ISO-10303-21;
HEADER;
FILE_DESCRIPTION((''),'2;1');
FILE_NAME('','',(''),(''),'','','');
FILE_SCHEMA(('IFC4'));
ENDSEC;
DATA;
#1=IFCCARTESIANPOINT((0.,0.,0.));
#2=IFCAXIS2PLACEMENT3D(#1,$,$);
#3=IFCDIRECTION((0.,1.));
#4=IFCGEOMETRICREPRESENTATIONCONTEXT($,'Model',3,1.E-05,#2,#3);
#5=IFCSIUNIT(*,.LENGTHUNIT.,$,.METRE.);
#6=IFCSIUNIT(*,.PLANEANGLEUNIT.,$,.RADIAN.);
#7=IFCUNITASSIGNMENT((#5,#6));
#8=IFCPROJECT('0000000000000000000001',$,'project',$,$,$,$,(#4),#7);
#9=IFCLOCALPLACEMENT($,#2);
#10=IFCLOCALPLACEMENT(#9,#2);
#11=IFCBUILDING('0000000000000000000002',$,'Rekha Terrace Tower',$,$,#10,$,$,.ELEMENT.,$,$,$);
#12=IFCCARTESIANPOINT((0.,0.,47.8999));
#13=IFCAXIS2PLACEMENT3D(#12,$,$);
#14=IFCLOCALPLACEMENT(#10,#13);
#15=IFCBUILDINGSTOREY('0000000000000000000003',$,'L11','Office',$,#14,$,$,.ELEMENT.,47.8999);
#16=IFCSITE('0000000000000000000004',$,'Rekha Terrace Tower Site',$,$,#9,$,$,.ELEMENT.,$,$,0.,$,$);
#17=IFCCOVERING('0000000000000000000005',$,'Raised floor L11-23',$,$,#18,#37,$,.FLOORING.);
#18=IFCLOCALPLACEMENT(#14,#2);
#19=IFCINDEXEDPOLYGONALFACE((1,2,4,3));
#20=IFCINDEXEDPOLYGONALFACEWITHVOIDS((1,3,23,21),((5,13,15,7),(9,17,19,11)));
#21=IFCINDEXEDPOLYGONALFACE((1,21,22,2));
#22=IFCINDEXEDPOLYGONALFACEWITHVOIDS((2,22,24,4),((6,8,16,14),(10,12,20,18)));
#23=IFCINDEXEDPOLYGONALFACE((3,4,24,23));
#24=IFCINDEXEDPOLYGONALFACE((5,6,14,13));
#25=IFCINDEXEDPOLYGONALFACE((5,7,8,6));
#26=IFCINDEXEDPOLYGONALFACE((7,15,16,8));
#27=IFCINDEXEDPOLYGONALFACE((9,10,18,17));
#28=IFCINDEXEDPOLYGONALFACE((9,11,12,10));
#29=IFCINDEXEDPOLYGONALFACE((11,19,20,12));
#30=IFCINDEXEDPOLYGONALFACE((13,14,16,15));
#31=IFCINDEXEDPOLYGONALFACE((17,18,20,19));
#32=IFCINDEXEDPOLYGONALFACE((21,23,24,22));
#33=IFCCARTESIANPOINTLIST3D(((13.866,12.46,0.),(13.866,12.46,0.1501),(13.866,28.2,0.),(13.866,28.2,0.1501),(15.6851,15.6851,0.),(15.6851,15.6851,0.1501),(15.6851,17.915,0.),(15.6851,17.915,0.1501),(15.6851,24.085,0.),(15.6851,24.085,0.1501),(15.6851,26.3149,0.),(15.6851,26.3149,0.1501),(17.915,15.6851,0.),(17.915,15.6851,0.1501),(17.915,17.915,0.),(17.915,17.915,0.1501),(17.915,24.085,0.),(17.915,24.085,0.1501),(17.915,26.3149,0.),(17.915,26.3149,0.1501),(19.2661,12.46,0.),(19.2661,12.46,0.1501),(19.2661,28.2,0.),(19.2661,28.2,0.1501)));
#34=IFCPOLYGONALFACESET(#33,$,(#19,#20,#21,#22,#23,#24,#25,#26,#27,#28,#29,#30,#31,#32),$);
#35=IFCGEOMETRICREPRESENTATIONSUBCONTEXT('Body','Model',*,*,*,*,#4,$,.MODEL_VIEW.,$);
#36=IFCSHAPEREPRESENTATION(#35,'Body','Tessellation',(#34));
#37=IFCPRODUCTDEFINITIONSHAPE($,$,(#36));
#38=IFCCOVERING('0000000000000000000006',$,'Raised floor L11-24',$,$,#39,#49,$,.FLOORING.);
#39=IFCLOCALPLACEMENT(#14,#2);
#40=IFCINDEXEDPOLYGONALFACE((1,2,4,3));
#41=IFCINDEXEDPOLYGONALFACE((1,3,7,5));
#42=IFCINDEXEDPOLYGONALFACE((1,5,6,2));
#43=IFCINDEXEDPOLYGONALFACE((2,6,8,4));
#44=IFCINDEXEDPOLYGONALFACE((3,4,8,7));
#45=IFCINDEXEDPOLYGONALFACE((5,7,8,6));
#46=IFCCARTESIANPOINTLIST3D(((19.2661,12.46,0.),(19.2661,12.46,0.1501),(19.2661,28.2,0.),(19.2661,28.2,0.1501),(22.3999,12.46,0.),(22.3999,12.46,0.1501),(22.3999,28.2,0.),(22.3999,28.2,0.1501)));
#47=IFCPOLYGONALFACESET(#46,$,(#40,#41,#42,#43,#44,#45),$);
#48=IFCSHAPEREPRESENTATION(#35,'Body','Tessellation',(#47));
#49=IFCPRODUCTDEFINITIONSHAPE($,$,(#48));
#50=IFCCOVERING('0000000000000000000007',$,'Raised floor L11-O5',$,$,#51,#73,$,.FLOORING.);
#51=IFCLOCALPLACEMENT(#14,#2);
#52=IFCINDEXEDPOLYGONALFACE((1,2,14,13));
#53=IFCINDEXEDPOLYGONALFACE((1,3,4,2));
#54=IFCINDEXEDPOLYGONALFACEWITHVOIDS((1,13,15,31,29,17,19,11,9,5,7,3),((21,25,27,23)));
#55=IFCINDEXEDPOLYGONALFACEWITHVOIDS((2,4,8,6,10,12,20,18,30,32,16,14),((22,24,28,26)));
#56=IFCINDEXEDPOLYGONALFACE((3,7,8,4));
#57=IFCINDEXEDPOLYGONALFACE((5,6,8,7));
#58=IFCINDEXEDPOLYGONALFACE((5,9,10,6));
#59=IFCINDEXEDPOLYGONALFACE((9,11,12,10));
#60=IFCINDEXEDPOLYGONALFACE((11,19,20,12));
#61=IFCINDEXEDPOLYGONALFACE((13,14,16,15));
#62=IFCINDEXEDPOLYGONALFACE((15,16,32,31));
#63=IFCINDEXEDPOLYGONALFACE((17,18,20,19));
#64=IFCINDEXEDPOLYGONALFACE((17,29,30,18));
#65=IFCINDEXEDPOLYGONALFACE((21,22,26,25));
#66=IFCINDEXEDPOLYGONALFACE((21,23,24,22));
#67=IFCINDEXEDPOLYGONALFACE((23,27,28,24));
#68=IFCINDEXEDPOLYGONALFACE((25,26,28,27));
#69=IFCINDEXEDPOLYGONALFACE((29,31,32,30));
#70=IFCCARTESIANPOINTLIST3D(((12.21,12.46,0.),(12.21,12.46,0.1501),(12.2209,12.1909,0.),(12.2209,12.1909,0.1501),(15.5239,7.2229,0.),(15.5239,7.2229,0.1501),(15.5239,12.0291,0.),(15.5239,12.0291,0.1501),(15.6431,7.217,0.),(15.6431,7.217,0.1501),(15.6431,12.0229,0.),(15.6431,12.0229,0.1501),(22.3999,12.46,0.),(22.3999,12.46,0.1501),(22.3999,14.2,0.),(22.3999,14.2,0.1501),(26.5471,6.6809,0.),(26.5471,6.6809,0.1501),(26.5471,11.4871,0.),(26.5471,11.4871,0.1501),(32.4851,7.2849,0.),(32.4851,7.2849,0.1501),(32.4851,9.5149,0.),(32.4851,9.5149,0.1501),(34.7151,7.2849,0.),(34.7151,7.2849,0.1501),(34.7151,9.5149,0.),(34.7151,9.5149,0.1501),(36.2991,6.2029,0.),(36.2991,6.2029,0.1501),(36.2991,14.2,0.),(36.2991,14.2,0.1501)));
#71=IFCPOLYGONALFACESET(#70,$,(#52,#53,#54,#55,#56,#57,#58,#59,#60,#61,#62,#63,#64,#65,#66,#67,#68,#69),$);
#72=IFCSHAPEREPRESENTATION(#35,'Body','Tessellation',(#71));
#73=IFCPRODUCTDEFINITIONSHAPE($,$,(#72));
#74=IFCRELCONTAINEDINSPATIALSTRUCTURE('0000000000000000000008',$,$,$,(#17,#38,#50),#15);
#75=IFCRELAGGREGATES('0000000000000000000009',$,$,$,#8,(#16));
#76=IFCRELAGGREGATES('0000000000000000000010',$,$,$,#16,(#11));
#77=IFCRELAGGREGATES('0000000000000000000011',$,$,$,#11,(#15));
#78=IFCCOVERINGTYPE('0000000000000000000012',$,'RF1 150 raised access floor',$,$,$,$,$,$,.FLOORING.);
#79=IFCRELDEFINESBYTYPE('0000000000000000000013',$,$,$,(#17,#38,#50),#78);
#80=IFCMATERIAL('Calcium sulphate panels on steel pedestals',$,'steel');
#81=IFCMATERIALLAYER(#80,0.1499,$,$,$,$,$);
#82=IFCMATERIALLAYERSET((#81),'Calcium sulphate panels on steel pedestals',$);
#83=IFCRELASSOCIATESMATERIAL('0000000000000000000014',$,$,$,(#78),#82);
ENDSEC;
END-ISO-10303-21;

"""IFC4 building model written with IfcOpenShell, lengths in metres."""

from ifc_helpers import new_model, si_unit, direction, frame, origin, place, context, subcontext, project, spatial, polyline, outline, extrude, material, layer, layer_set, type_object, element, save


model = new_model("IFC4")

# Units and contexts
model_context = context("Model", 3, precision=1e-05, world=origin(), true_north=direction((0.0, 1.0)))
body_context = subcontext(model_context, "Body", "Model", "MODEL_VIEW")
ifc_project = project(units=[si_unit("LENGTHUNIT", "METRE"), si_unit("PLANEANGLEUNIT", "RADIAN")], contexts=[model_context])

# Site, building, storey
site_placement = place(None, origin())
site = spatial("IfcSite", under=ifc_project, at=site_placement, Name="Rekha Terrace Tower Site", CompositionType="ELEMENT", RefElevation=0.0)
building_placement = place(site_placement, origin())
building = spatial("IfcBuilding", under=site, at=building_placement, Name="Rekha Terrace Tower", CompositionType="ELEMENT")
storey_placement = place(building_placement, frame((0.0, 0.0, 47.8999)))
storey = spatial("IfcBuildingStorey", under=building, at=storey_placement, Name="L11", Description="Office", CompositionType="ELEMENT", Elevation=47.8999)

# Coverings
ifc_material_1 = material(Name="Calcium sulphate panels on steel pedestals", Category="steel")
ifc_layer_1 = layer(ifc_material_1, 0.1499)
ifc_layer_set_1 = layer_set([ifc_layer_1], Name="Calcium sulphate panels on steel pedestals")
covering_type_1 = type_object("IfcCoveringType", Name="RF1 150 raised access floor", PredefinedType="FLOORING", material=ifc_layer_set_1)
covering_1_placement = place(storey_placement, origin())
element("IfcCovering", 1, at=covering_1_placement, inside=storey, type_object=covering_type_1, Name="Raised floor L11-23", PredefinedType="FLOORING", context=body_context, shape_type="SweptSolid", body=[
    extrude(outline(polyline([(13.866, 12.46), (19.2661, 12.46), (19.2661, 28.2), (13.866, 28.2), (13.866, 12.46)]), holes=[polyline([(17.915, 15.6851), (15.6851, 15.6851), (15.6851, 17.915), (17.915, 17.915), (17.915, 15.6851)]), polyline([(17.915, 24.085), (15.6851, 24.085), (15.6851, 26.3149), (17.915, 26.3149), (17.915, 24.085)])]), origin(), (0.0, 0.0, 1.0), 0.1501),
])
covering_2_placement = place(storey_placement, origin())
element("IfcCovering", 2, at=covering_2_placement, inside=storey, type_object=covering_type_1, Name="Raised floor L11-24", PredefinedType="FLOORING", context=body_context, shape_type="SweptSolid", body=[
    extrude(outline(polyline([(19.2661, 12.46), (22.3999, 12.46), (22.3999, 28.2), (19.2661, 28.2), (19.2661, 12.46)])), origin(), (0.0, 0.0, 1.0), 0.1501),
])
covering_3_placement = place(storey_placement, origin())
element("IfcCovering", 3, at=covering_3_placement, inside=storey, type_object=covering_type_1, Name="Raised floor L11-O5", PredefinedType="FLOORING", context=body_context, shape_type="SweptSolid", body=[
    extrude(outline(polyline([(22.3999, 12.46), (12.21, 12.46), (12.2209, 12.1909), (15.5239, 12.0291), (15.5239, 7.2229), (15.6431, 7.217), (15.6431, 12.0229), (26.5471, 11.4871), (26.5471, 6.6809), (36.2991, 6.2029), (36.2991, 14.2), (22.3999, 14.2), (22.3999, 12.46)]), holes=[polyline([(34.7151, 7.2849), (32.4851, 7.2849), (32.4851, 9.5149), (34.7151, 9.5149), (34.7151, 7.2849)])]), origin(), (0.0, 0.0, 1.0), 0.1501),
])

save(model, "model.ifc")
